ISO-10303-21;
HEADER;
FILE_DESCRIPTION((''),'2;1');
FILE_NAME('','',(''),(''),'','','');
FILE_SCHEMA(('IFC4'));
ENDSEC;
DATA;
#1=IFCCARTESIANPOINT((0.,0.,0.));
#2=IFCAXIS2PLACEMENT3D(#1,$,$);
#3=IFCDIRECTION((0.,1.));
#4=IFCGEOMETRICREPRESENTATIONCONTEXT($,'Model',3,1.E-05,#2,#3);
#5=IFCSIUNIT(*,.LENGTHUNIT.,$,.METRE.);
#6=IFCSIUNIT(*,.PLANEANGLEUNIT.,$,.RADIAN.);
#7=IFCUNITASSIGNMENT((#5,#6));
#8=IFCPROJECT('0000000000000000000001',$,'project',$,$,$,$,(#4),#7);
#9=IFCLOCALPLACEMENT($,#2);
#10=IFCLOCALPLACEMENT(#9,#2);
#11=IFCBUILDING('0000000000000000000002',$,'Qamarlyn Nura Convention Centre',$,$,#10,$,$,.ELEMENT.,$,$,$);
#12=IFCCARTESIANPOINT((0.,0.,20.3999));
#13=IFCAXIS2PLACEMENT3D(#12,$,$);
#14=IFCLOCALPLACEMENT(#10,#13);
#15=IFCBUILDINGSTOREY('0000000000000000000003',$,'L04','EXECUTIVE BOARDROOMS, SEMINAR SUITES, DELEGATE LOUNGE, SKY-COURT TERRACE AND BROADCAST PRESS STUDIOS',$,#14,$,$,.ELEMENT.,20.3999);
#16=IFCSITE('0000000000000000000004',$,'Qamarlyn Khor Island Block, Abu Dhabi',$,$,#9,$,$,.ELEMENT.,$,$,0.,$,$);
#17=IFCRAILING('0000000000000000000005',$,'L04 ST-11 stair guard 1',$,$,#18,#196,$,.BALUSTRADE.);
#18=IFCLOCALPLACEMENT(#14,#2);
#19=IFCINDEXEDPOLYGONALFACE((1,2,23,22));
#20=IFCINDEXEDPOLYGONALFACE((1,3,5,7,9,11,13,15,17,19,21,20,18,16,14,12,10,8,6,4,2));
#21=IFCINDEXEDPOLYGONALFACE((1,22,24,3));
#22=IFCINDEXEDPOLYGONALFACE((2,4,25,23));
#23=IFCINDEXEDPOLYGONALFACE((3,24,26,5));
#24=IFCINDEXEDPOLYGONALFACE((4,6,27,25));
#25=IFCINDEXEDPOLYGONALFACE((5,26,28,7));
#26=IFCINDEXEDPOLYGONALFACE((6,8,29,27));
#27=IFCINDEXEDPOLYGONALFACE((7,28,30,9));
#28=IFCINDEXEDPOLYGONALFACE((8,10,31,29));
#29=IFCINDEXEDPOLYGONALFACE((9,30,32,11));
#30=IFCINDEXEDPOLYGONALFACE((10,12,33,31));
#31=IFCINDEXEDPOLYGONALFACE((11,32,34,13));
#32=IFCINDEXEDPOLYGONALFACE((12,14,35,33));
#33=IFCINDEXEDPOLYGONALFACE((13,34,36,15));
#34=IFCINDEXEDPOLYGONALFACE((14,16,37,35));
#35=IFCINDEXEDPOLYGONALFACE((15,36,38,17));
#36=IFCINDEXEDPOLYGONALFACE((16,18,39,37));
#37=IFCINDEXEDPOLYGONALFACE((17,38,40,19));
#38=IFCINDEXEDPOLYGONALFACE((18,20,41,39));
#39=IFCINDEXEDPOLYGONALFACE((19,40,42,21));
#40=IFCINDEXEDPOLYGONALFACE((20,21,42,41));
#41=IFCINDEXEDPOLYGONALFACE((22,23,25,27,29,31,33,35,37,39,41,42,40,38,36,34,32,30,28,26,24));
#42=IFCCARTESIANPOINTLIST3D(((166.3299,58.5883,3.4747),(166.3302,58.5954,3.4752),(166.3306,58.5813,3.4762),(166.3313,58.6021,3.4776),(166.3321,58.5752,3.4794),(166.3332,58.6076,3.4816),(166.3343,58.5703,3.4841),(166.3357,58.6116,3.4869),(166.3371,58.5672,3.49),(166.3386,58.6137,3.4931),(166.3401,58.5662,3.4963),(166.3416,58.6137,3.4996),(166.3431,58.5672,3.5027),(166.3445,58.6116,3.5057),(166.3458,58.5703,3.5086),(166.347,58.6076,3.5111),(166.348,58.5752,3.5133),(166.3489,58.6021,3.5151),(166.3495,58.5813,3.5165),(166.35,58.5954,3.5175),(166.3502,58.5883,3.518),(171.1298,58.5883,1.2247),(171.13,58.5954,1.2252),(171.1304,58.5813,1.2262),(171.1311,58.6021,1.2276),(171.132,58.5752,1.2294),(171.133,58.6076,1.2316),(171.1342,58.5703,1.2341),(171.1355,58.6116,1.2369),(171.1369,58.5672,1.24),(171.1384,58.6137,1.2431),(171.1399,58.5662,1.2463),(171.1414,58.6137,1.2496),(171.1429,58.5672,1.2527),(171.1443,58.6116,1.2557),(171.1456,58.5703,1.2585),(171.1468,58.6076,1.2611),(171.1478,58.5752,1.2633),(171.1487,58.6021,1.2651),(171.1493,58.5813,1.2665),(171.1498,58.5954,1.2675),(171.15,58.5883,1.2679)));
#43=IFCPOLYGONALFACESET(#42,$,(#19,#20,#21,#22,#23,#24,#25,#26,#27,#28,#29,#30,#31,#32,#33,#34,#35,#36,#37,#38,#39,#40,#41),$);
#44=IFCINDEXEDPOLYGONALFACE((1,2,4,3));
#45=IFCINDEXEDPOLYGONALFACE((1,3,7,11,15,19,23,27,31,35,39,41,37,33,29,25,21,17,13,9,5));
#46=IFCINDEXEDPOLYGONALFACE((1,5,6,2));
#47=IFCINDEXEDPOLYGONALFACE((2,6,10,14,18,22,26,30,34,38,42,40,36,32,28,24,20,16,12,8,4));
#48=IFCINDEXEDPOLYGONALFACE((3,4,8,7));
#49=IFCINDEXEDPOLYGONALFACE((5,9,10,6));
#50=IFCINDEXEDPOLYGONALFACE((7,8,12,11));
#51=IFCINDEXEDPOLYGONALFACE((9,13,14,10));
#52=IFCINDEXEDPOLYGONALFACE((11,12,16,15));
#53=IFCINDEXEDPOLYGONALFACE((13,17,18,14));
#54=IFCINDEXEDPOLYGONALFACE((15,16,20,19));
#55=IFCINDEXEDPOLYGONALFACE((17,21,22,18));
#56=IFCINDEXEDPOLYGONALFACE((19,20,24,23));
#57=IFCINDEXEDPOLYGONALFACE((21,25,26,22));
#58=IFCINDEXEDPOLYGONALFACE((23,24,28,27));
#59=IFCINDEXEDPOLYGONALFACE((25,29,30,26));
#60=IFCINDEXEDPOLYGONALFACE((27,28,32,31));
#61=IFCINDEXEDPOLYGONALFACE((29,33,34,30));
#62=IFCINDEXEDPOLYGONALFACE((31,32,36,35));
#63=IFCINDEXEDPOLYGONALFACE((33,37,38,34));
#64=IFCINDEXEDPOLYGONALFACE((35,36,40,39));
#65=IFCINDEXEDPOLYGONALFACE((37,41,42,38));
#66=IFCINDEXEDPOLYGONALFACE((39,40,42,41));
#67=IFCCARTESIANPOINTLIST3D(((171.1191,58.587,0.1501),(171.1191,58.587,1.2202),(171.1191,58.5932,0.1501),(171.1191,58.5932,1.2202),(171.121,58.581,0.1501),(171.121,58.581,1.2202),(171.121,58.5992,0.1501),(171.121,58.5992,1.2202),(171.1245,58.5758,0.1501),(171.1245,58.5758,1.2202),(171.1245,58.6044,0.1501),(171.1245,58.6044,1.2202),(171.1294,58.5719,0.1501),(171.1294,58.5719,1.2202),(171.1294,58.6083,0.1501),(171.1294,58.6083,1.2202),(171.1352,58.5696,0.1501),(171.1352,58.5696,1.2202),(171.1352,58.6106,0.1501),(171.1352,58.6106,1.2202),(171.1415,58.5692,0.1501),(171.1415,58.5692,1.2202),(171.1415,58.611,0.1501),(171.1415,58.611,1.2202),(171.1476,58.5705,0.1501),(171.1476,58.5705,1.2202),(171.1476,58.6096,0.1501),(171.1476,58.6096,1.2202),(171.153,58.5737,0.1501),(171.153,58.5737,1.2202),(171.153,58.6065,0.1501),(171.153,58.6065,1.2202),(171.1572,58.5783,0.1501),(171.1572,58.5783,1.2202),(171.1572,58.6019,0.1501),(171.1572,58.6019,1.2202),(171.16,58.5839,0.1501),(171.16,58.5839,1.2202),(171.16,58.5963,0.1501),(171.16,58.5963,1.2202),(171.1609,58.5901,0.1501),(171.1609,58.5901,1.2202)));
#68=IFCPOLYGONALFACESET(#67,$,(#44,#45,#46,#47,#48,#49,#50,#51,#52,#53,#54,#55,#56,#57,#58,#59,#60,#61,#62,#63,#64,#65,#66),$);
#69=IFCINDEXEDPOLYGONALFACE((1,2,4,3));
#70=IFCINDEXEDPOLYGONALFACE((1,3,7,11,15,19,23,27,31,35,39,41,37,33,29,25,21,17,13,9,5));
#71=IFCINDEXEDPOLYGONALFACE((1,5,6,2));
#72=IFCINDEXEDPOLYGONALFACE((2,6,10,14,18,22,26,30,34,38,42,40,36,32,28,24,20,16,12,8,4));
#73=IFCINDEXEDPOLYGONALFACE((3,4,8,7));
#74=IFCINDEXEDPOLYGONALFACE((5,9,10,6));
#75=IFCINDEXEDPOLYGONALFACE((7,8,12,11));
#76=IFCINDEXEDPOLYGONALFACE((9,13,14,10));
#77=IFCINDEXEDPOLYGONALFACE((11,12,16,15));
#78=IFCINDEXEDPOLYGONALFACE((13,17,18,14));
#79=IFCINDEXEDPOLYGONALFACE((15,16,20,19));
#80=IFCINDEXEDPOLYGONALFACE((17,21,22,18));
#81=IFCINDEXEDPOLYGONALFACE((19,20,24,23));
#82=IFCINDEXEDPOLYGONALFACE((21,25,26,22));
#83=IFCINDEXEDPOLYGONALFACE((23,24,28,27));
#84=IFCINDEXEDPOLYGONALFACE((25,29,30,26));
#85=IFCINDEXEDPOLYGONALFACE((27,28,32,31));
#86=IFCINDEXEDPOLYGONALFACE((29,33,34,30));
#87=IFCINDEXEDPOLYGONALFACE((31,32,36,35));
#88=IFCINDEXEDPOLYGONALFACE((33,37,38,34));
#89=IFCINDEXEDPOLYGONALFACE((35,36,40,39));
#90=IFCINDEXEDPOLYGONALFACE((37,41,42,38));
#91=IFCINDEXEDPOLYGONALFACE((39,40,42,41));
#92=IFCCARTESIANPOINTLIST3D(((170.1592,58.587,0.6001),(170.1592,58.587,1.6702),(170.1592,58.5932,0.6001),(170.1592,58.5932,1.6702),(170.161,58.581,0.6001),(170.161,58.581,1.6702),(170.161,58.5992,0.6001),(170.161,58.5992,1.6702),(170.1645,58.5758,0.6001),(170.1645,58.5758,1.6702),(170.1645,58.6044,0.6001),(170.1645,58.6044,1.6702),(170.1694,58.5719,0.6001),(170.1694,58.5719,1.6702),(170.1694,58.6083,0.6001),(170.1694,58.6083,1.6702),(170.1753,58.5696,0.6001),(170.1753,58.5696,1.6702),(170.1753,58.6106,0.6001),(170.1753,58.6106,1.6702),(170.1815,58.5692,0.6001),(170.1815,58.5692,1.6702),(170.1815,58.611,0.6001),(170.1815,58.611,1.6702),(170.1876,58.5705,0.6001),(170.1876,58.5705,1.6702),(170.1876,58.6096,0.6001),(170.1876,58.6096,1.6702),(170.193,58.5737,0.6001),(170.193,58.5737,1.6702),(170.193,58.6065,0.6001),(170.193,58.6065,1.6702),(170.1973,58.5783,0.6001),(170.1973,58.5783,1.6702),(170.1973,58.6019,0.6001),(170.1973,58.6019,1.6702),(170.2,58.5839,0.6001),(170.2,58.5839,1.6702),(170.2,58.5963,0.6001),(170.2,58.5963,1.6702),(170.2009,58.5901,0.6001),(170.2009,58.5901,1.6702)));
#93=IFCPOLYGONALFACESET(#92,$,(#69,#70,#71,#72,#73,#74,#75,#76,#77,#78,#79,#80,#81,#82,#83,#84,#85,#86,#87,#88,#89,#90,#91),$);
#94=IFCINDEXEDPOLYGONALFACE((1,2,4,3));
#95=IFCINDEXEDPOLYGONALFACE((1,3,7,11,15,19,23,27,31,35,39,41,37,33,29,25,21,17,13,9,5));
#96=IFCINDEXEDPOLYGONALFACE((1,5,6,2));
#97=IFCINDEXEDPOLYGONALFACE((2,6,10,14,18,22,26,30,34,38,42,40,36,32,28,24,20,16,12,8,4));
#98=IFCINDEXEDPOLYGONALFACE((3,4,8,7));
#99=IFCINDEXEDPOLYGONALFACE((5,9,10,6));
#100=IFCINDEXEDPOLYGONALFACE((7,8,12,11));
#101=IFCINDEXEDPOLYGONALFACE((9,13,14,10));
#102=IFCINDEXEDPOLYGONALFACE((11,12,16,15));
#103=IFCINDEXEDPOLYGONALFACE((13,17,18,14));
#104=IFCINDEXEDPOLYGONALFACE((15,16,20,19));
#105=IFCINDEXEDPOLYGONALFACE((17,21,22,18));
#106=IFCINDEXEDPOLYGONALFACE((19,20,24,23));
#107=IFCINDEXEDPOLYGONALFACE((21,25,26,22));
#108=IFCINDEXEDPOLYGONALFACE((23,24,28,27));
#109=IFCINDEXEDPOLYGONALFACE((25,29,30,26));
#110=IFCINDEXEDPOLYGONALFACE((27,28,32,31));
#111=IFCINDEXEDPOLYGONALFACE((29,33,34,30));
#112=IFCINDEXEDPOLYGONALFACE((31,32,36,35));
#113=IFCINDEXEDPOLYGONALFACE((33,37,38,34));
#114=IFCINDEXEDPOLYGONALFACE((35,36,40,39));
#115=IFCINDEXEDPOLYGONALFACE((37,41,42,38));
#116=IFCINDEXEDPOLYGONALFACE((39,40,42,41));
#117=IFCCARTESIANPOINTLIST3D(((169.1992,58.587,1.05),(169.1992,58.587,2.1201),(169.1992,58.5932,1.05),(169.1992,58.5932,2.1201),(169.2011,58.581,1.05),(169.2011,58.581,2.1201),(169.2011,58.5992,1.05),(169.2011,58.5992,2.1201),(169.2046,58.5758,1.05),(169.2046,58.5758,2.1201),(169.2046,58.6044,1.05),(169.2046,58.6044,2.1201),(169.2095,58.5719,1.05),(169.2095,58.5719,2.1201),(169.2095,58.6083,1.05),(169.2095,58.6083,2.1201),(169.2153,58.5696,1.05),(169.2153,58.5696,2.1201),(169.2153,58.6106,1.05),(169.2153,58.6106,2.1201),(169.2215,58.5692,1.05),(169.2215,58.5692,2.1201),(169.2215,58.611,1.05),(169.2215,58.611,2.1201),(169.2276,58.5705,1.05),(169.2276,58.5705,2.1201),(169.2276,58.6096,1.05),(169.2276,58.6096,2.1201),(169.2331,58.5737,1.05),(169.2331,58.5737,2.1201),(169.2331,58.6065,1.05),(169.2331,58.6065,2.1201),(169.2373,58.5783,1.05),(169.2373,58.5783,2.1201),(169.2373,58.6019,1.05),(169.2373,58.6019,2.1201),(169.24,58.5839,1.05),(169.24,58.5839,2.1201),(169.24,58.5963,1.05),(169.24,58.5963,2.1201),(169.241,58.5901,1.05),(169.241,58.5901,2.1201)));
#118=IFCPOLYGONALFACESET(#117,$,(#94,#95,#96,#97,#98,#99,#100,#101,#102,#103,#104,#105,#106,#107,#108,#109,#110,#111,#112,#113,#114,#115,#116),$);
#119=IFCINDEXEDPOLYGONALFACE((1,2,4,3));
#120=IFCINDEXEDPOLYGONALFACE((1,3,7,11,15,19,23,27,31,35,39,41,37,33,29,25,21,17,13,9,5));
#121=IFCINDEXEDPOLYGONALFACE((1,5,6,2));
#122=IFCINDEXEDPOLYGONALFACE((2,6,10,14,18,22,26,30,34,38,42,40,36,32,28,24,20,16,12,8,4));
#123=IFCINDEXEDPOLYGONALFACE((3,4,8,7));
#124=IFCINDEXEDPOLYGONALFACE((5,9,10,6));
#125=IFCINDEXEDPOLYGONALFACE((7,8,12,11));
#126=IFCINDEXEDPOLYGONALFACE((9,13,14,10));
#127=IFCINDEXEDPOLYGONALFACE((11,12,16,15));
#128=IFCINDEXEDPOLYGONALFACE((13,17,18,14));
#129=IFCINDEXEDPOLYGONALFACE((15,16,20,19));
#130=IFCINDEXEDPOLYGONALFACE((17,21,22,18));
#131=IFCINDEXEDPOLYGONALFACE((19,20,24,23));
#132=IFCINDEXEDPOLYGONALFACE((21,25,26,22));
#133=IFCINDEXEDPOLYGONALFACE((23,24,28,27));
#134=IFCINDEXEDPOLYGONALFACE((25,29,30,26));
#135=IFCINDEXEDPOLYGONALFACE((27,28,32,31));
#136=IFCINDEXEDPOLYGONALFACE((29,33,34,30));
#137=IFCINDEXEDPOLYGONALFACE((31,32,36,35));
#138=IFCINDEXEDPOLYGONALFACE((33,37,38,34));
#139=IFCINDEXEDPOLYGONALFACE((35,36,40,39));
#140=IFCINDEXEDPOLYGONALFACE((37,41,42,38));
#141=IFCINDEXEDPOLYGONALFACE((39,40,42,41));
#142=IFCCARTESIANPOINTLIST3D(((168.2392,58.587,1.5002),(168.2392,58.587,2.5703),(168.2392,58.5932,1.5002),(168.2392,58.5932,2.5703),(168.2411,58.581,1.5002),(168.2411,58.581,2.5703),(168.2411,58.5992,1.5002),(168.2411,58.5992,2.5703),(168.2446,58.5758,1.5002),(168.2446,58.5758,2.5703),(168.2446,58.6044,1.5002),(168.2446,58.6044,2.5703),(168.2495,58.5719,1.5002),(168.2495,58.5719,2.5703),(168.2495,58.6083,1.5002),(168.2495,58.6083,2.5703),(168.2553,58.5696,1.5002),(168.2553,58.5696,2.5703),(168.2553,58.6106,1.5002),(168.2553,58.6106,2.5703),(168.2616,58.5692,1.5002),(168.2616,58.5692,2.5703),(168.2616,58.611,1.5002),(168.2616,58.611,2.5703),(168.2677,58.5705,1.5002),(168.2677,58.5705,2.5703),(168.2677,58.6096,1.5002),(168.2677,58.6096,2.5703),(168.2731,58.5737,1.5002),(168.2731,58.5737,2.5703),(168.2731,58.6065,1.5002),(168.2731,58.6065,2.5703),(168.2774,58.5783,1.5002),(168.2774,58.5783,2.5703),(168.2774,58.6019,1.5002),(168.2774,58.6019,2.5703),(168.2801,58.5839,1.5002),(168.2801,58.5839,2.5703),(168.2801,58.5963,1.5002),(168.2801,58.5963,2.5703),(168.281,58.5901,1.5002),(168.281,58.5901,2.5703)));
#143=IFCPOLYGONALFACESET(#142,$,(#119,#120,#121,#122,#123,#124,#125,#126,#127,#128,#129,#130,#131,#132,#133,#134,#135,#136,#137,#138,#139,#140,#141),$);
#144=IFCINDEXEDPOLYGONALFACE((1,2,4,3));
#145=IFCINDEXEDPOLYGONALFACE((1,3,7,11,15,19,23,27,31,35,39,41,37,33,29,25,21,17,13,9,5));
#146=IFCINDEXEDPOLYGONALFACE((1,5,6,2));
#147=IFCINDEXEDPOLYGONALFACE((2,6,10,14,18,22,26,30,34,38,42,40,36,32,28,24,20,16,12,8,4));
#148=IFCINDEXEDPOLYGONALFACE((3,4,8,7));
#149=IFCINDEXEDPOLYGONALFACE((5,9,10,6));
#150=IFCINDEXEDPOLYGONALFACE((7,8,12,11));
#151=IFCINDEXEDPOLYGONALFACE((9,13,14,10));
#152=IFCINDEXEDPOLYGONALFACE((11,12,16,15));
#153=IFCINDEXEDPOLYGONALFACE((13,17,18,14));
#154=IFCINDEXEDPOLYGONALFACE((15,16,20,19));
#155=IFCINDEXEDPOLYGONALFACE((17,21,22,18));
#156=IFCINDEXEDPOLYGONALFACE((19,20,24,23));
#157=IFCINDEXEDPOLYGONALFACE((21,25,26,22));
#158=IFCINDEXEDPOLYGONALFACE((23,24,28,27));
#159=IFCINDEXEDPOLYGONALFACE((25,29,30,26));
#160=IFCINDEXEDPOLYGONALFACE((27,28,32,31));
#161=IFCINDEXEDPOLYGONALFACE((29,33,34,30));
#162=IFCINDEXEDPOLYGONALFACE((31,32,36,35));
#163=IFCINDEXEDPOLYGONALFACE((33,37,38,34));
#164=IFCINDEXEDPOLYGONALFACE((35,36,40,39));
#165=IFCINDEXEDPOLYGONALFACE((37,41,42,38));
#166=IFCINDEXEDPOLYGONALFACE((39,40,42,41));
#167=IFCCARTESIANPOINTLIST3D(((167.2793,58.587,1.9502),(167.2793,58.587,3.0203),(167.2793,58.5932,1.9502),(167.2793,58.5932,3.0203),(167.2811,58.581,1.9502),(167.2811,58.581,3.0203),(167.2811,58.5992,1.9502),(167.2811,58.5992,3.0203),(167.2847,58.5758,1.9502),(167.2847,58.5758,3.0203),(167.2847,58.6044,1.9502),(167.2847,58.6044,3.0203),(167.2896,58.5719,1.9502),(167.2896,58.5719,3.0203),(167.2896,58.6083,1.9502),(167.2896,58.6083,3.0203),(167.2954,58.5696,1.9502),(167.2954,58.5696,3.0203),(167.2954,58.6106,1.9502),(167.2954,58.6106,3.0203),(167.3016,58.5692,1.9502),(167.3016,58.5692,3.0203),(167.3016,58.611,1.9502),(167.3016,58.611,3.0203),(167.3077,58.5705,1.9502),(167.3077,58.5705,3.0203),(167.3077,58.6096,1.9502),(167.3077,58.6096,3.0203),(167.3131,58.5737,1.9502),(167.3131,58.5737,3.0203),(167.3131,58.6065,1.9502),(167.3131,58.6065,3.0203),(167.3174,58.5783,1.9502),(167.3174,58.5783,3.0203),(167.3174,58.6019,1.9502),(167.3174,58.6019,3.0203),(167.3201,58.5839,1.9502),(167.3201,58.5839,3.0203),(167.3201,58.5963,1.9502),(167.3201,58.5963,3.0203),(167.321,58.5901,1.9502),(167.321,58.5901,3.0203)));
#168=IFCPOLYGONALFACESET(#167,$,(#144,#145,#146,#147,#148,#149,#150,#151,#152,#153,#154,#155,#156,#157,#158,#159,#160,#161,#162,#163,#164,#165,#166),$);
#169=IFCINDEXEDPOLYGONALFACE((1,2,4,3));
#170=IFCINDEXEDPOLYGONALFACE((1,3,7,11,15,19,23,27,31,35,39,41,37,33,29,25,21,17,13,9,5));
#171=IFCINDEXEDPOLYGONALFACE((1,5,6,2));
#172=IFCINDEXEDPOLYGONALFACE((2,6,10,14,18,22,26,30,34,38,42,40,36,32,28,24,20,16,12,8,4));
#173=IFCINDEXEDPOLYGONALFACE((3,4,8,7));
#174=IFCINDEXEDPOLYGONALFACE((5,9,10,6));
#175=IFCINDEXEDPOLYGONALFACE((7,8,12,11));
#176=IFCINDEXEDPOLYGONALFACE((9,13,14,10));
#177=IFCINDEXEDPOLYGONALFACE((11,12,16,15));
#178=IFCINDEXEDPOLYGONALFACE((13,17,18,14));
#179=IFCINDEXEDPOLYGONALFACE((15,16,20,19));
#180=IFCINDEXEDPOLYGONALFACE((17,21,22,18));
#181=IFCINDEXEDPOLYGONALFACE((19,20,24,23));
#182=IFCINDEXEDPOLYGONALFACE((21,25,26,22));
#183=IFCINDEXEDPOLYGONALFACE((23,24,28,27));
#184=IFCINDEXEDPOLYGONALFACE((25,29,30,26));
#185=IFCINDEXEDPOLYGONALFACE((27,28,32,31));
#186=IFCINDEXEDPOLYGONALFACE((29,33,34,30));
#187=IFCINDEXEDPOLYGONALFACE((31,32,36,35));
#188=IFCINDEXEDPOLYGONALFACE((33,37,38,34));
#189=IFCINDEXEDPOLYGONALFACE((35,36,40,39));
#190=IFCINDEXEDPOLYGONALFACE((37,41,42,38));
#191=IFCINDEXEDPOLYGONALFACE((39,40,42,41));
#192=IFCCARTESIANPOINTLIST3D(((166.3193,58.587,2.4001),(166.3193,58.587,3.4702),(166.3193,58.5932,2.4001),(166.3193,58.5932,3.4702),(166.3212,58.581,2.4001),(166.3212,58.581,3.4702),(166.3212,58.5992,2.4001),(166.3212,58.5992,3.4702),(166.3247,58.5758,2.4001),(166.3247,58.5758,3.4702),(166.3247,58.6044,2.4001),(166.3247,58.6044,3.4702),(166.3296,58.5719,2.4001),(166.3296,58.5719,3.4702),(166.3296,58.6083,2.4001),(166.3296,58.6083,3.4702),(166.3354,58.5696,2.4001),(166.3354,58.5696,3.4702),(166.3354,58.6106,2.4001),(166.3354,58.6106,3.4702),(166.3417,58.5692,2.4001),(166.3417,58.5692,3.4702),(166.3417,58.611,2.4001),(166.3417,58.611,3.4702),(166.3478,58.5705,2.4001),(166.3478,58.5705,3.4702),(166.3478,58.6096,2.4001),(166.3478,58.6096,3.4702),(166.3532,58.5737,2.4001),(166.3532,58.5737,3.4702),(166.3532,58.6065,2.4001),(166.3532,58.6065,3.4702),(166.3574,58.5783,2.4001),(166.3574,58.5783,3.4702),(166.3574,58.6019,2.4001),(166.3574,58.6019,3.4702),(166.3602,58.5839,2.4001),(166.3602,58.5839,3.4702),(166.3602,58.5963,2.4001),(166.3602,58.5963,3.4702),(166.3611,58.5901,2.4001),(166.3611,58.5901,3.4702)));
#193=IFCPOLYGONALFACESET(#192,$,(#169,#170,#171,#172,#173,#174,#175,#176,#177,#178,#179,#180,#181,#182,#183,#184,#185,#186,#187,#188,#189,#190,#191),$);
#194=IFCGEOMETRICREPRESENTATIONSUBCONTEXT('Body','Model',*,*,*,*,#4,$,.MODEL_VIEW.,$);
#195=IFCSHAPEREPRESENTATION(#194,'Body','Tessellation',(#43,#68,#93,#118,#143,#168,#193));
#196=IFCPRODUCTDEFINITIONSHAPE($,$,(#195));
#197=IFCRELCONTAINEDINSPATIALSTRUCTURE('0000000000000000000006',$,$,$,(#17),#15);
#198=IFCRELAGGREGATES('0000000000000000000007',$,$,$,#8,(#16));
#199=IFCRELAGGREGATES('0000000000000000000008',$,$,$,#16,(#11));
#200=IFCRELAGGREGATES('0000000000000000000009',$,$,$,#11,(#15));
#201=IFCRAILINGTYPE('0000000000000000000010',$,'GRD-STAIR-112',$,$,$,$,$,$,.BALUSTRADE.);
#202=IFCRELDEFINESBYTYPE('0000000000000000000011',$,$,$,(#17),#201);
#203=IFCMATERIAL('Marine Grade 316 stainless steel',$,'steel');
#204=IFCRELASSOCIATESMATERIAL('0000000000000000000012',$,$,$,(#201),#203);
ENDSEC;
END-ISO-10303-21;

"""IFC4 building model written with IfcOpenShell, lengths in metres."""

from ifc_helpers import new_model, si_unit, direction, frame, origin, origin_2d, place, context, subcontext, project, spatial, circle, extrude, material, type_object, element, save


model = new_model("IFC4")

# Units and contexts
model_context = context("Model", 3, precision=1e-05, world=origin(), true_north=direction((0.0, 1.0)))
body_context = subcontext(model_context, "Body", "Model", "MODEL_VIEW")
ifc_project = project(units=[si_unit("LENGTHUNIT", "METRE"), si_unit("PLANEANGLEUNIT", "RADIAN")], contexts=[model_context])

# Site, building, storey
site_placement = place(None, origin())
site = spatial("IfcSite", under=ifc_project, at=site_placement, Name="Qamarlyn Khor Island Block, Abu Dhabi", CompositionType="ELEMENT", RefElevation=0.0)
building_placement = place(site_placement, origin())
building = spatial("IfcBuilding", under=site, at=building_placement, Name="Qamarlyn Nura Convention Centre", CompositionType="ELEMENT")
storey_placement = place(building_placement, frame((0.0, 0.0, 20.3999)))
storey = spatial("IfcBuildingStorey", under=building, at=storey_placement, Name="L04", Description="EXECUTIVE BOARDROOMS, SEMINAR SUITES, DELEGATE LOUNGE, SKY-COURT TERRACE AND BROADCAST PRESS STUDIOS", CompositionType="ELEMENT", Elevation=20.3999)

# Shared definitions
ifc_material_1 = material(Name="Marine Grade 316 stainless steel", Category="steel")

# Railing
railing_type_1 = type_object("IfcRailingType", Name="GRD-STAIR-112", PredefinedType="BALUSTRADE", material=ifc_material_1)
railing_1_placement = place(storey_placement, frame((171.1399, 58.5901, 0.1501)))
element("IfcRailing", 1, at=railing_1_placement, inside=storey, type_object=railing_type_1, Name="L04 ST-11 stair guard 1", PredefinedType="BALUSTRADE", context=body_context, shape_type="SweptSolid", body=[
    extrude(circle(Radius=0.0239, at=origin_2d()), frame((0.0, 0.0, 1.0962), z_axis=(-0.905452, 0.0, 0.424448), x_axis=(0.0, -1.0, 0.0)), (0.0, 0.0, 1.0), 5.301),
    extrude(circle(Radius=0.021, at=origin_2d()), origin(), (0.0, 0.0, 1.0), 1.0701),
    extrude(circle(Radius=0.021, at=origin_2d()), frame((-0.96, 0.0, 0.45)), (0.0, 0.0, 1.0), 1.0701),
    extrude(circle(Radius=0.021, at=origin_2d()), frame((-1.9199, 0.0, 0.8999)), (0.0, 0.0, 1.0), 1.0701),
    extrude(circle(Radius=0.021, at=origin_2d()), frame((-2.8799, 0.0, 1.3501)), (0.0, 0.0, 1.0), 1.0701),
    extrude(circle(Radius=0.021, at=origin_2d()), frame((-3.8398, 0.0, 1.8)), (0.0, 0.0, 1.0), 1.0701),
    extrude(circle(Radius=0.021, at=origin_2d()), frame((-4.7998, 0.0, 2.25)), (0.0, 0.0, 1.0), 1.0701),
])

save(model, "model.ifc")
